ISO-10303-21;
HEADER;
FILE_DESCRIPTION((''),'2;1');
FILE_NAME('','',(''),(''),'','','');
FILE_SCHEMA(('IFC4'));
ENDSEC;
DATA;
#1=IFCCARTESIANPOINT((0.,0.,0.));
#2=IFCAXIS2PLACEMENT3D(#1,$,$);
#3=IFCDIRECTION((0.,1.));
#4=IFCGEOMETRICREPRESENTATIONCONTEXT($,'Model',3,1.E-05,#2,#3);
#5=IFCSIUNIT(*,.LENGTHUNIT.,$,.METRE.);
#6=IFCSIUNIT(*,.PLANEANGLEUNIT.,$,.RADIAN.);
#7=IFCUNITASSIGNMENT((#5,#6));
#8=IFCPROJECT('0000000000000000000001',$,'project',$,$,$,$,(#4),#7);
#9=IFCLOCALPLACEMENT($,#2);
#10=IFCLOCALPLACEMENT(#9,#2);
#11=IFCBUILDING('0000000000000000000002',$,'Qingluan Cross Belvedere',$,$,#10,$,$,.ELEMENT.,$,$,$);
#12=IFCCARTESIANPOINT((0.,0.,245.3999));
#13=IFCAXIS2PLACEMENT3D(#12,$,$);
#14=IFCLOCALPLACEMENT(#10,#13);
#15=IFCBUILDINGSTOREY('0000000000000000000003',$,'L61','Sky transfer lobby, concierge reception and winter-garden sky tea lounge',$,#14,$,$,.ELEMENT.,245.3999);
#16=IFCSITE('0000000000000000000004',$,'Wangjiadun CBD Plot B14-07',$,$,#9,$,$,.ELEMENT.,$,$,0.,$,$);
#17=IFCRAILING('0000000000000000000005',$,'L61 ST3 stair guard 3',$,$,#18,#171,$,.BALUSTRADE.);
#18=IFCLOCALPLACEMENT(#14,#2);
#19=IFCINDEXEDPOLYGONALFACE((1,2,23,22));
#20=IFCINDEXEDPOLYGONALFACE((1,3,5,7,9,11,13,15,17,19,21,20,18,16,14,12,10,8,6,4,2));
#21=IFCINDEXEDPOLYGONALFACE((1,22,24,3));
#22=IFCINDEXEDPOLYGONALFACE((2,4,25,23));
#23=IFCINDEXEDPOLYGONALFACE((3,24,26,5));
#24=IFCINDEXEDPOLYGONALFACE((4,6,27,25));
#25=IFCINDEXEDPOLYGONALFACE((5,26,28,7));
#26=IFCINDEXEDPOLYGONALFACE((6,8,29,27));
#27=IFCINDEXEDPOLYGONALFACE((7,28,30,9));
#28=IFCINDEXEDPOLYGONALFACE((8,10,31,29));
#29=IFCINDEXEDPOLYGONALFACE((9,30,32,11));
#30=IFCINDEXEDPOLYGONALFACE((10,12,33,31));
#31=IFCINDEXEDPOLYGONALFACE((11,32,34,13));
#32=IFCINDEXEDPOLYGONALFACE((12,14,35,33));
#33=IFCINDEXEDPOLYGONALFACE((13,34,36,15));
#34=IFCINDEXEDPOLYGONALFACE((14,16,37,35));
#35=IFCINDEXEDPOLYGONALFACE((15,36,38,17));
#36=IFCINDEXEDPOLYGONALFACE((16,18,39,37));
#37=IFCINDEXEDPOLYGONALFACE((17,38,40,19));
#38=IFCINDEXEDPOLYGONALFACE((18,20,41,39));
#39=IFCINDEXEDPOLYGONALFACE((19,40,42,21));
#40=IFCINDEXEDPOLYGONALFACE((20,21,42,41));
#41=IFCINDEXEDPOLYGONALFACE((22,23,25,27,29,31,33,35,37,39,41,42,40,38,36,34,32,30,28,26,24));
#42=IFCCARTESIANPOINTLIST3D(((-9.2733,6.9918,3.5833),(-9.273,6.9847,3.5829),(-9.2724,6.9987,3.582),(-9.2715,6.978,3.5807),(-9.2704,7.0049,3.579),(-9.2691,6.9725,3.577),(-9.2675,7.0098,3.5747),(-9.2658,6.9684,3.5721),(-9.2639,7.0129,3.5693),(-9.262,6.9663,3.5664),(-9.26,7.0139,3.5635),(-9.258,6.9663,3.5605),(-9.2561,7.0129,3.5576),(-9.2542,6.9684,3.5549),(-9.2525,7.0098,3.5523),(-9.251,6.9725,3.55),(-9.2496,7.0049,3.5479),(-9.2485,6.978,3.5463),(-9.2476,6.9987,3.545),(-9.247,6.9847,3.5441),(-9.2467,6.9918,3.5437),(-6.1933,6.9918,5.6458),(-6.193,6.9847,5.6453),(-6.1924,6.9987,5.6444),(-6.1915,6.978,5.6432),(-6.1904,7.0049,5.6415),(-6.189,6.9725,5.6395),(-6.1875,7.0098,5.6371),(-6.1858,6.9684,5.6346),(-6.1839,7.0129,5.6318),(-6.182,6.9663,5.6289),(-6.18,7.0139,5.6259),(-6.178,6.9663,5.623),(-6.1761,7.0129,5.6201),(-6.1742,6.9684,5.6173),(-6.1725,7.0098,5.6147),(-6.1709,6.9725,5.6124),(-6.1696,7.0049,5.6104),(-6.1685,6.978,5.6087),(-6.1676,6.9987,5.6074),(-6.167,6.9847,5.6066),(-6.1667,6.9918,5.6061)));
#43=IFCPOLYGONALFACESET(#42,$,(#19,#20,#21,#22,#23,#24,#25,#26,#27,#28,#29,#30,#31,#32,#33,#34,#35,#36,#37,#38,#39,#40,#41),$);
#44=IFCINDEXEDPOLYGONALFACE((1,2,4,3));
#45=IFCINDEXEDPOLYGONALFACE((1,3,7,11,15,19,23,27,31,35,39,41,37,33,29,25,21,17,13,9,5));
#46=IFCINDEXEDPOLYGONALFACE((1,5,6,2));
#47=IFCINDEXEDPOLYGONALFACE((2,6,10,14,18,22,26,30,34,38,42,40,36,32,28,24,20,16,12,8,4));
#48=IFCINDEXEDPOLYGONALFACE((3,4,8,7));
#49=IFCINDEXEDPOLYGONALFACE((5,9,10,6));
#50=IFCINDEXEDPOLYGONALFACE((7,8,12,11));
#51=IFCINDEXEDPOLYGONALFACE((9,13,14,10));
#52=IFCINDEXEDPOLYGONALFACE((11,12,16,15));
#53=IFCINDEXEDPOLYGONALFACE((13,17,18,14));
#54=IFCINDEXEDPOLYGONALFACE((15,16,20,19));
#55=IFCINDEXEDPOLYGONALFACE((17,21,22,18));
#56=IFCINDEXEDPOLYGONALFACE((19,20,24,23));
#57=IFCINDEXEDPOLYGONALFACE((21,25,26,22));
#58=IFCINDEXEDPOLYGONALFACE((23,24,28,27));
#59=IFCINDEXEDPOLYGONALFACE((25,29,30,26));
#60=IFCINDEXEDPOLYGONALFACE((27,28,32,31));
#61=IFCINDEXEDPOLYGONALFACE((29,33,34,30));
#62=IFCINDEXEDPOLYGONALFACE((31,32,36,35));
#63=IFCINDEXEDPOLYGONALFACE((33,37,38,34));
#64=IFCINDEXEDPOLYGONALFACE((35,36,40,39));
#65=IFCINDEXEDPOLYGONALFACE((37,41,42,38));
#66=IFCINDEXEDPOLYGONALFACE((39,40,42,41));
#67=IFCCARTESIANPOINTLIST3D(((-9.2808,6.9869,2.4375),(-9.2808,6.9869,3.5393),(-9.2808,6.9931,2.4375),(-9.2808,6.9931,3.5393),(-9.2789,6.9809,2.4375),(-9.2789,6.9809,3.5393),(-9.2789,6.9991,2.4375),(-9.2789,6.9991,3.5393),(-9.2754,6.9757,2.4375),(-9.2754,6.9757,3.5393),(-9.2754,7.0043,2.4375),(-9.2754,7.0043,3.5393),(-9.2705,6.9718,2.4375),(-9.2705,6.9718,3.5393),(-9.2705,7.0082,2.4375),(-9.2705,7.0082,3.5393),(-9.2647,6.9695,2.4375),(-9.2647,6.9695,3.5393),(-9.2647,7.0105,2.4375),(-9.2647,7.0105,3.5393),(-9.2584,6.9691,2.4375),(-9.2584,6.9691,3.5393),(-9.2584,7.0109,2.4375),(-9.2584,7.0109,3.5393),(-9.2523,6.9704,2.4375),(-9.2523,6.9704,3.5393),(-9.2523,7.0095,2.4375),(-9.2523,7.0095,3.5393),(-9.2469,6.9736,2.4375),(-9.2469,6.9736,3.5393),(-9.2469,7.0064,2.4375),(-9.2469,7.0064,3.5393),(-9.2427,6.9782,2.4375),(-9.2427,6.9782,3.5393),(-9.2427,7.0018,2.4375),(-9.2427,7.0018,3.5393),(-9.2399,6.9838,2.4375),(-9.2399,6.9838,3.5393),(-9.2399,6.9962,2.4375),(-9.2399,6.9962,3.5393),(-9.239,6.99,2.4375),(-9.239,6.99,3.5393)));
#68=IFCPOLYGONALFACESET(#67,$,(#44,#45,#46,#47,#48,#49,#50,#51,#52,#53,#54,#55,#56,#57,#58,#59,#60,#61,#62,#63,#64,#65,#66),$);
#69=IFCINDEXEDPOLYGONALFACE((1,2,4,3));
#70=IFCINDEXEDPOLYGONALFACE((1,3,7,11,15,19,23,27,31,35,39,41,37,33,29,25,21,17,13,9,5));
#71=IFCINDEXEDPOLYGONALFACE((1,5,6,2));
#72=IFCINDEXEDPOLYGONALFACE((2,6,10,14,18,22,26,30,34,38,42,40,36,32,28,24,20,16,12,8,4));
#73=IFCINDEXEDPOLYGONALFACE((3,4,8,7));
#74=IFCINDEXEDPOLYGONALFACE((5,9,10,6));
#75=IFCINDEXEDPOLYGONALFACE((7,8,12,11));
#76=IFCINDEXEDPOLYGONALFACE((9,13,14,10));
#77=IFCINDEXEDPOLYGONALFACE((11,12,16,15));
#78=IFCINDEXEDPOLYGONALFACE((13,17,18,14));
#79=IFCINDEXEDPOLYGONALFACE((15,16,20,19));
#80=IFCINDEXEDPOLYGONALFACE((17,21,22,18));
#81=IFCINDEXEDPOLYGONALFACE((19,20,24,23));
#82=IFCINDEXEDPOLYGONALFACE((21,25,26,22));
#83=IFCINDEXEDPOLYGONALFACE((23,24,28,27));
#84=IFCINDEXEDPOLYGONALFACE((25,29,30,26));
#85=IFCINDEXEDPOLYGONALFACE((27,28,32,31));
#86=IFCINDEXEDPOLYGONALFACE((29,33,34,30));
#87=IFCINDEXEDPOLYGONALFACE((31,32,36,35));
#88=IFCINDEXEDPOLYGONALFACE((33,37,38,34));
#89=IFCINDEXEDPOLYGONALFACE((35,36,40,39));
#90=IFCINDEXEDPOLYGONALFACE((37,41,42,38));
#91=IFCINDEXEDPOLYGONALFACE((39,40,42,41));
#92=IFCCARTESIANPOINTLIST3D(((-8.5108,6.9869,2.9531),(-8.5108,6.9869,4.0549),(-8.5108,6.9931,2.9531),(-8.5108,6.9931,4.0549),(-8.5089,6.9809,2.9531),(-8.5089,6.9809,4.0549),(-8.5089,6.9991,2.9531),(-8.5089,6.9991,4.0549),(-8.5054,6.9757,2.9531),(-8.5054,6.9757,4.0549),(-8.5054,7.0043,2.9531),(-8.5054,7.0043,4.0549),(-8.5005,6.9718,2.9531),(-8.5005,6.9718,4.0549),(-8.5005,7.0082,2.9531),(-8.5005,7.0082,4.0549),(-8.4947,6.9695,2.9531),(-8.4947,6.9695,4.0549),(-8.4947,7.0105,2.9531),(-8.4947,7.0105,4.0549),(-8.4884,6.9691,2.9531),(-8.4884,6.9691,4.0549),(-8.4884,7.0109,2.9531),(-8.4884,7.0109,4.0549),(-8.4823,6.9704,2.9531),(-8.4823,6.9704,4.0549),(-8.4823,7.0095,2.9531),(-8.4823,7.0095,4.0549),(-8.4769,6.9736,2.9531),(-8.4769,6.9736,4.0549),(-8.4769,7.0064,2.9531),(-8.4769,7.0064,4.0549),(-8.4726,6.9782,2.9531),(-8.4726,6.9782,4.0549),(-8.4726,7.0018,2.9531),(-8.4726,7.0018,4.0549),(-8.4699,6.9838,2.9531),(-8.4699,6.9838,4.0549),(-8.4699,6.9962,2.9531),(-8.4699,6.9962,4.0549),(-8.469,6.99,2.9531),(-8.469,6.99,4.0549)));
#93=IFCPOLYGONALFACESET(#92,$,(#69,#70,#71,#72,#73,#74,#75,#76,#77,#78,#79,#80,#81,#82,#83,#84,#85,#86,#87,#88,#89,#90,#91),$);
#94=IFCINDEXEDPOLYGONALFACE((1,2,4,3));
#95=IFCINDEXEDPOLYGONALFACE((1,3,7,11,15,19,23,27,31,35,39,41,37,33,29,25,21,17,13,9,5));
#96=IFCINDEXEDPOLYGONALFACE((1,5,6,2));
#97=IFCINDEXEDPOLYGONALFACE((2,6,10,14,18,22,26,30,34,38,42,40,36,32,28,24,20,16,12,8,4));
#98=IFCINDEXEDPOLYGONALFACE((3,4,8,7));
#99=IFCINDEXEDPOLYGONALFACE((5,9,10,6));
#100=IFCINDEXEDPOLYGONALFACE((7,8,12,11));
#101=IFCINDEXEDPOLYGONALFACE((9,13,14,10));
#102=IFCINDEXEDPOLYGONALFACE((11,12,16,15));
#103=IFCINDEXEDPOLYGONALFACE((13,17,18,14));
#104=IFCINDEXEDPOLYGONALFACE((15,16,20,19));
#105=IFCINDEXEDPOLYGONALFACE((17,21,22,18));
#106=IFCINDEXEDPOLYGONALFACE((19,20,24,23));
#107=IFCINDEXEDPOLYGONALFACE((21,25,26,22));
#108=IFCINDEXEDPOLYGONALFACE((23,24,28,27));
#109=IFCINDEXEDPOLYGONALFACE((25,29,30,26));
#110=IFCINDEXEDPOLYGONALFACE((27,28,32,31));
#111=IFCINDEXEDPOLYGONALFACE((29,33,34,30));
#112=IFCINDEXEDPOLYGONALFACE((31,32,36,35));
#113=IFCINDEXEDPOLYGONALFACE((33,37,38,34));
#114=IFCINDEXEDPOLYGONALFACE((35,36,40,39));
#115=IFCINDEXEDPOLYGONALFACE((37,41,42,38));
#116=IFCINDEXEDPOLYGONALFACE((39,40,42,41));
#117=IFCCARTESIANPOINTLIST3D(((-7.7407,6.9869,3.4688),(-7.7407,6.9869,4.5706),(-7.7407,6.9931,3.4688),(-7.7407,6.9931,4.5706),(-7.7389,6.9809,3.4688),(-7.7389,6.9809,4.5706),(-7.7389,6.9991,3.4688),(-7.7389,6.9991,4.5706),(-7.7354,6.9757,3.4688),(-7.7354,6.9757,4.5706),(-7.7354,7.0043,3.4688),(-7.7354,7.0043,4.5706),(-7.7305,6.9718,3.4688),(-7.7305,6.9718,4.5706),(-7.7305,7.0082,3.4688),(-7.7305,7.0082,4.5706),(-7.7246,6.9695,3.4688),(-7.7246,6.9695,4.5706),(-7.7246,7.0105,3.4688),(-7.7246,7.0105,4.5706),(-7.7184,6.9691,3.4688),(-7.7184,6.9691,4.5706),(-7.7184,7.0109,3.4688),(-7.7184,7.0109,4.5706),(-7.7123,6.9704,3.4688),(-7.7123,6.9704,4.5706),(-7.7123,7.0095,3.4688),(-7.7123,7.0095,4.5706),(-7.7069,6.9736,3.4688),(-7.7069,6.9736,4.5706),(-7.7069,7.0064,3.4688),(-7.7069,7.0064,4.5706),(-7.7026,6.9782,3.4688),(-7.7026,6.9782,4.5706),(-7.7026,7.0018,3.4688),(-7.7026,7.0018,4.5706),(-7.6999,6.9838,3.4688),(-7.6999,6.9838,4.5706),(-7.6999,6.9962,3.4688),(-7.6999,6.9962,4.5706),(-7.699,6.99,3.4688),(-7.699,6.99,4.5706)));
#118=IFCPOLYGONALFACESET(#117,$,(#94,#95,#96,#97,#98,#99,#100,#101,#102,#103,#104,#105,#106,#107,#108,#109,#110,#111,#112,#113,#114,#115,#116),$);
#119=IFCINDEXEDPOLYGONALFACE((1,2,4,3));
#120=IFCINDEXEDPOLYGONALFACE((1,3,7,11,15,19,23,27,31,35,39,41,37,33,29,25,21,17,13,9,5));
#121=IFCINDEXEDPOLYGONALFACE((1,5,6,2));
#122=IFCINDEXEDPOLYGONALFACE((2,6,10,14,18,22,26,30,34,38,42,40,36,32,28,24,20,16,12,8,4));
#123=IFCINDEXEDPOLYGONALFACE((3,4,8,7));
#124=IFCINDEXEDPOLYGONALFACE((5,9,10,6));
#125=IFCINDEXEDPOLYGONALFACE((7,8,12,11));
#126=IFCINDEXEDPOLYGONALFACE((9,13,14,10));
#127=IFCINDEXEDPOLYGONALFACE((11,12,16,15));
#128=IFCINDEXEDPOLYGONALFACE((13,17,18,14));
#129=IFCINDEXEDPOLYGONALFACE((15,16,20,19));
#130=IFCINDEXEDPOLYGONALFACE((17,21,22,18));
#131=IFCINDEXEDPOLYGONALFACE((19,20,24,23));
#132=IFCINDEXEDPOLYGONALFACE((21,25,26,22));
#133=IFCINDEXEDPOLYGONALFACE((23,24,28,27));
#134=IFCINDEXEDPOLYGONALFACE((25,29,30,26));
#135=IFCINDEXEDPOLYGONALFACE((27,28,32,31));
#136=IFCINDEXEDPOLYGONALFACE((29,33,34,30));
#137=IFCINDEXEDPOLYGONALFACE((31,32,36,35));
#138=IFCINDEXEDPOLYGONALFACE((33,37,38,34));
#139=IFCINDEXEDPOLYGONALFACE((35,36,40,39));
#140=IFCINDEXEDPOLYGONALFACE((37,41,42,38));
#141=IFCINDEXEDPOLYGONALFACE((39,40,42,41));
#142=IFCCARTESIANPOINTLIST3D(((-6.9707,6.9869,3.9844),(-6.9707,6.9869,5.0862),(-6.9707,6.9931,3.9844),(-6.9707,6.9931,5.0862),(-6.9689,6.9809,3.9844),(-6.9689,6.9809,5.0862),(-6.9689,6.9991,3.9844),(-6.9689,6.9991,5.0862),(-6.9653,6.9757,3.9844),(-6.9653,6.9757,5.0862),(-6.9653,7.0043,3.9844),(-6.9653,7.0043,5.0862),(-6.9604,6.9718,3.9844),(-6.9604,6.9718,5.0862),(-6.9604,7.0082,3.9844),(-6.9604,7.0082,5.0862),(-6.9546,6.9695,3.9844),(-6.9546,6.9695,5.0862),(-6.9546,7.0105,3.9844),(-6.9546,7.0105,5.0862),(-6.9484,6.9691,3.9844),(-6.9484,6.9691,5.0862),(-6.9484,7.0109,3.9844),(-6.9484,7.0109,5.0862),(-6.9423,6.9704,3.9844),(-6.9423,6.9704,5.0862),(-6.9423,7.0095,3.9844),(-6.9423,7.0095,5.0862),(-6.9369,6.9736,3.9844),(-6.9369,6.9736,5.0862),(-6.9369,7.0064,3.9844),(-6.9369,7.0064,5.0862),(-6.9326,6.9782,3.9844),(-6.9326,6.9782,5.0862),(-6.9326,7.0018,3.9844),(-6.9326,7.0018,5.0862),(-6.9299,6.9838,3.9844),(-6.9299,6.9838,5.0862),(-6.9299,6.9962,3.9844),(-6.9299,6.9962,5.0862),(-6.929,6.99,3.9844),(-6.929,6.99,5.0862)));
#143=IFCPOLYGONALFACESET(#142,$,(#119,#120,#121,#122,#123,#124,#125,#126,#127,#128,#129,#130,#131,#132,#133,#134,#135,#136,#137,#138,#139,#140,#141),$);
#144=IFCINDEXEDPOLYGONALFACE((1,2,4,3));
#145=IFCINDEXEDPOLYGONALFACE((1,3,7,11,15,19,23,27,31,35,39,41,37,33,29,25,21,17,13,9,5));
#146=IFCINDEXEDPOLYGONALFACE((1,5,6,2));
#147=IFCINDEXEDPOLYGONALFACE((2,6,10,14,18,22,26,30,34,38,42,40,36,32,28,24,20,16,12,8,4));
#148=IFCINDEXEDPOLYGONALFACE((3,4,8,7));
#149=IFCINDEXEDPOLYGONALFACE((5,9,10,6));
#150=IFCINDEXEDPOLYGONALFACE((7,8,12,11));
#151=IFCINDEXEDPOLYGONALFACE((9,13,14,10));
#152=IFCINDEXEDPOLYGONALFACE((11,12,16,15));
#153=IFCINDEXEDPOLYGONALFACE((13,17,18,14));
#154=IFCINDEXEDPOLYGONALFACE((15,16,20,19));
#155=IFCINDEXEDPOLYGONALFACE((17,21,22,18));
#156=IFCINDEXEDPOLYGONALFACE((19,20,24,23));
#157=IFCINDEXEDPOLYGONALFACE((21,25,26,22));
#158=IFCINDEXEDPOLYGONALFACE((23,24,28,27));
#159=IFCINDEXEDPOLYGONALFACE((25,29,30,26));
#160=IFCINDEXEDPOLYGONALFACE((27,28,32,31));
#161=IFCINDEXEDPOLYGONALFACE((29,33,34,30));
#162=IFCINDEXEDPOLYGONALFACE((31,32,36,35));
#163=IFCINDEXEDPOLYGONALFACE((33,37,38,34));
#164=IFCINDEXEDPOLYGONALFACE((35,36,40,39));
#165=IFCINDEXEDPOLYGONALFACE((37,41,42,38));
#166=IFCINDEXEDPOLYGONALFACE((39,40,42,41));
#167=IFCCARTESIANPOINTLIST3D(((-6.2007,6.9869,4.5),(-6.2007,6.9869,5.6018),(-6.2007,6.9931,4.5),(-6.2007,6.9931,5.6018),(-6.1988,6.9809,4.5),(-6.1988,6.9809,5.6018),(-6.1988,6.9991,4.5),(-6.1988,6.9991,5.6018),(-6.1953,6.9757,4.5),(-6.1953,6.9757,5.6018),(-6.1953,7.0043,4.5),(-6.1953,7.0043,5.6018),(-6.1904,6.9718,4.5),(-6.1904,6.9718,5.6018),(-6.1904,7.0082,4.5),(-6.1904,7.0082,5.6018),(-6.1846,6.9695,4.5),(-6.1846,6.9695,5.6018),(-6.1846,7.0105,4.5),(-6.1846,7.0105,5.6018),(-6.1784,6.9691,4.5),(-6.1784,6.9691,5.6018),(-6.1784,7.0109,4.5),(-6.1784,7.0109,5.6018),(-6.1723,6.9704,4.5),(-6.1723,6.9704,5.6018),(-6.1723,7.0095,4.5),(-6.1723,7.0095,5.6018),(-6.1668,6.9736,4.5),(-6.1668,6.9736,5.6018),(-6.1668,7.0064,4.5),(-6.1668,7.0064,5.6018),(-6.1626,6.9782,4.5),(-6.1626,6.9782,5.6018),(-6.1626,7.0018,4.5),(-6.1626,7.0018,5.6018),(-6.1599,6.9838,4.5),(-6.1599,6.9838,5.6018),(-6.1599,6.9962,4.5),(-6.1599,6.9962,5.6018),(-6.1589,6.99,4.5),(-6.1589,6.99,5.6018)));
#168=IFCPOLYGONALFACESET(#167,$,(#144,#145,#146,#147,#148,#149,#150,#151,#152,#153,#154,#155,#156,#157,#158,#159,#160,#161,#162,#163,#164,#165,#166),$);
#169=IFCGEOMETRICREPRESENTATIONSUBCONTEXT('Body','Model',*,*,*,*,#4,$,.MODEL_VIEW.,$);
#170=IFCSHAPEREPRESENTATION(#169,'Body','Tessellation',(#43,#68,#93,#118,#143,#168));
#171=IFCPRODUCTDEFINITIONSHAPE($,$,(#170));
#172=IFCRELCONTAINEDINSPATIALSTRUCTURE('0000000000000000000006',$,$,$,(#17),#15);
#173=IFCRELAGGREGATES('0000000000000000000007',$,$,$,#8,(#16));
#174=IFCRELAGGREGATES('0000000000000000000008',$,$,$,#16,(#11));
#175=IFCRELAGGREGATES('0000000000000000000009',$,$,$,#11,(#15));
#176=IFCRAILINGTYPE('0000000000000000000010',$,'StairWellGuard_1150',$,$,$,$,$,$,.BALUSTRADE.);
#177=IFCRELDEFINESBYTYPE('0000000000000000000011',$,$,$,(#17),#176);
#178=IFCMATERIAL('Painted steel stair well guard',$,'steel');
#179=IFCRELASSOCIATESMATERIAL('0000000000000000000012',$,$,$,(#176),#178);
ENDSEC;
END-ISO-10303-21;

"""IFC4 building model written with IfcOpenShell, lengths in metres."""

from ifc_helpers import new_model, si_unit, direction, frame, origin, origin_2d, place, context, subcontext, project, spatial, circle, extrude, material, type_object, element, save


model = new_model("IFC4")

# Units and contexts
model_context = context("Model", 3, precision=1e-05, world=origin(), true_north=direction((0.0, 1.0)))
body_context = subcontext(model_context, "Body", "Model", "MODEL_VIEW")
ifc_project = project(units=[si_unit("LENGTHUNIT", "METRE"), si_unit("PLANEANGLEUNIT", "RADIAN")], contexts=[model_context])

# Site, building, storey
site_placement = place(None, origin())
site = spatial("IfcSite", under=ifc_project, at=site_placement, Name="Wangjiadun CBD Plot B14-07", CompositionType="ELEMENT", RefElevation=0.0)
building_placement = place(site_placement, origin())
building = spatial("IfcBuilding", under=site, at=building_placement, Name="Qingluan Cross Belvedere", CompositionType="ELEMENT")
storey_placement = place(building_placement, frame((0.0, 0.0, 245.3999)))
storey = spatial("IfcBuildingStorey", under=building, at=storey_placement, Name="L61", Description="Sky transfer lobby, concierge reception and winter-garden sky tea lounge", CompositionType="ELEMENT", Elevation=245.3999)

# Railing
ifc_material_1 = material(Name="Painted steel stair well guard", Category="steel")
railing_type_1 = type_object("IfcRailingType", Name="StairWellGuard_1150", PredefinedType="BALUSTRADE", material=ifc_material_1)
railing_1_placement = place(storey_placement, frame((-9.26, 6.99, 2.4375)))
element("IfcRailing", 1, at=railing_1_placement, inside=storey, type_object=railing_type_1, Name="L61 ST3 stair guard 3", PredefinedType="BALUSTRADE", context=body_context, shape_type="SweptSolid", body=[
    extrude(circle(Radius=0.0239, at=origin_2d()), frame((0.0, 0.0, 1.126), z_axis=(0.830914, 0.0, 0.556401), x_axis=(0.0, 1.0, 0.0)), (0.0, 0.0, 1.0), 3.7068),
    extrude(circle(Radius=0.021, at=origin_2d()), origin(), (0.0, 0.0, 1.0), 1.1018),
    extrude(circle(Radius=0.021, at=origin_2d()), frame((0.77, 0.0, 0.5156)), (0.0, 0.0, 1.0), 1.1018),
    extrude(circle(Radius=0.021, at=origin_2d()), frame((1.54, 0.0, 1.0312)), (0.0, 0.0, 1.0), 1.1018),
    extrude(circle(Radius=0.021, at=origin_2d()), frame((2.3101, 0.0, 1.5469)), (0.0, 0.0, 1.0), 1.1018),
    extrude(circle(Radius=0.021, at=origin_2d()), frame((3.0801, 0.0, 2.0625)), (0.0, 0.0, 1.0), 1.1018),
])

save(model, "model.ifc")
